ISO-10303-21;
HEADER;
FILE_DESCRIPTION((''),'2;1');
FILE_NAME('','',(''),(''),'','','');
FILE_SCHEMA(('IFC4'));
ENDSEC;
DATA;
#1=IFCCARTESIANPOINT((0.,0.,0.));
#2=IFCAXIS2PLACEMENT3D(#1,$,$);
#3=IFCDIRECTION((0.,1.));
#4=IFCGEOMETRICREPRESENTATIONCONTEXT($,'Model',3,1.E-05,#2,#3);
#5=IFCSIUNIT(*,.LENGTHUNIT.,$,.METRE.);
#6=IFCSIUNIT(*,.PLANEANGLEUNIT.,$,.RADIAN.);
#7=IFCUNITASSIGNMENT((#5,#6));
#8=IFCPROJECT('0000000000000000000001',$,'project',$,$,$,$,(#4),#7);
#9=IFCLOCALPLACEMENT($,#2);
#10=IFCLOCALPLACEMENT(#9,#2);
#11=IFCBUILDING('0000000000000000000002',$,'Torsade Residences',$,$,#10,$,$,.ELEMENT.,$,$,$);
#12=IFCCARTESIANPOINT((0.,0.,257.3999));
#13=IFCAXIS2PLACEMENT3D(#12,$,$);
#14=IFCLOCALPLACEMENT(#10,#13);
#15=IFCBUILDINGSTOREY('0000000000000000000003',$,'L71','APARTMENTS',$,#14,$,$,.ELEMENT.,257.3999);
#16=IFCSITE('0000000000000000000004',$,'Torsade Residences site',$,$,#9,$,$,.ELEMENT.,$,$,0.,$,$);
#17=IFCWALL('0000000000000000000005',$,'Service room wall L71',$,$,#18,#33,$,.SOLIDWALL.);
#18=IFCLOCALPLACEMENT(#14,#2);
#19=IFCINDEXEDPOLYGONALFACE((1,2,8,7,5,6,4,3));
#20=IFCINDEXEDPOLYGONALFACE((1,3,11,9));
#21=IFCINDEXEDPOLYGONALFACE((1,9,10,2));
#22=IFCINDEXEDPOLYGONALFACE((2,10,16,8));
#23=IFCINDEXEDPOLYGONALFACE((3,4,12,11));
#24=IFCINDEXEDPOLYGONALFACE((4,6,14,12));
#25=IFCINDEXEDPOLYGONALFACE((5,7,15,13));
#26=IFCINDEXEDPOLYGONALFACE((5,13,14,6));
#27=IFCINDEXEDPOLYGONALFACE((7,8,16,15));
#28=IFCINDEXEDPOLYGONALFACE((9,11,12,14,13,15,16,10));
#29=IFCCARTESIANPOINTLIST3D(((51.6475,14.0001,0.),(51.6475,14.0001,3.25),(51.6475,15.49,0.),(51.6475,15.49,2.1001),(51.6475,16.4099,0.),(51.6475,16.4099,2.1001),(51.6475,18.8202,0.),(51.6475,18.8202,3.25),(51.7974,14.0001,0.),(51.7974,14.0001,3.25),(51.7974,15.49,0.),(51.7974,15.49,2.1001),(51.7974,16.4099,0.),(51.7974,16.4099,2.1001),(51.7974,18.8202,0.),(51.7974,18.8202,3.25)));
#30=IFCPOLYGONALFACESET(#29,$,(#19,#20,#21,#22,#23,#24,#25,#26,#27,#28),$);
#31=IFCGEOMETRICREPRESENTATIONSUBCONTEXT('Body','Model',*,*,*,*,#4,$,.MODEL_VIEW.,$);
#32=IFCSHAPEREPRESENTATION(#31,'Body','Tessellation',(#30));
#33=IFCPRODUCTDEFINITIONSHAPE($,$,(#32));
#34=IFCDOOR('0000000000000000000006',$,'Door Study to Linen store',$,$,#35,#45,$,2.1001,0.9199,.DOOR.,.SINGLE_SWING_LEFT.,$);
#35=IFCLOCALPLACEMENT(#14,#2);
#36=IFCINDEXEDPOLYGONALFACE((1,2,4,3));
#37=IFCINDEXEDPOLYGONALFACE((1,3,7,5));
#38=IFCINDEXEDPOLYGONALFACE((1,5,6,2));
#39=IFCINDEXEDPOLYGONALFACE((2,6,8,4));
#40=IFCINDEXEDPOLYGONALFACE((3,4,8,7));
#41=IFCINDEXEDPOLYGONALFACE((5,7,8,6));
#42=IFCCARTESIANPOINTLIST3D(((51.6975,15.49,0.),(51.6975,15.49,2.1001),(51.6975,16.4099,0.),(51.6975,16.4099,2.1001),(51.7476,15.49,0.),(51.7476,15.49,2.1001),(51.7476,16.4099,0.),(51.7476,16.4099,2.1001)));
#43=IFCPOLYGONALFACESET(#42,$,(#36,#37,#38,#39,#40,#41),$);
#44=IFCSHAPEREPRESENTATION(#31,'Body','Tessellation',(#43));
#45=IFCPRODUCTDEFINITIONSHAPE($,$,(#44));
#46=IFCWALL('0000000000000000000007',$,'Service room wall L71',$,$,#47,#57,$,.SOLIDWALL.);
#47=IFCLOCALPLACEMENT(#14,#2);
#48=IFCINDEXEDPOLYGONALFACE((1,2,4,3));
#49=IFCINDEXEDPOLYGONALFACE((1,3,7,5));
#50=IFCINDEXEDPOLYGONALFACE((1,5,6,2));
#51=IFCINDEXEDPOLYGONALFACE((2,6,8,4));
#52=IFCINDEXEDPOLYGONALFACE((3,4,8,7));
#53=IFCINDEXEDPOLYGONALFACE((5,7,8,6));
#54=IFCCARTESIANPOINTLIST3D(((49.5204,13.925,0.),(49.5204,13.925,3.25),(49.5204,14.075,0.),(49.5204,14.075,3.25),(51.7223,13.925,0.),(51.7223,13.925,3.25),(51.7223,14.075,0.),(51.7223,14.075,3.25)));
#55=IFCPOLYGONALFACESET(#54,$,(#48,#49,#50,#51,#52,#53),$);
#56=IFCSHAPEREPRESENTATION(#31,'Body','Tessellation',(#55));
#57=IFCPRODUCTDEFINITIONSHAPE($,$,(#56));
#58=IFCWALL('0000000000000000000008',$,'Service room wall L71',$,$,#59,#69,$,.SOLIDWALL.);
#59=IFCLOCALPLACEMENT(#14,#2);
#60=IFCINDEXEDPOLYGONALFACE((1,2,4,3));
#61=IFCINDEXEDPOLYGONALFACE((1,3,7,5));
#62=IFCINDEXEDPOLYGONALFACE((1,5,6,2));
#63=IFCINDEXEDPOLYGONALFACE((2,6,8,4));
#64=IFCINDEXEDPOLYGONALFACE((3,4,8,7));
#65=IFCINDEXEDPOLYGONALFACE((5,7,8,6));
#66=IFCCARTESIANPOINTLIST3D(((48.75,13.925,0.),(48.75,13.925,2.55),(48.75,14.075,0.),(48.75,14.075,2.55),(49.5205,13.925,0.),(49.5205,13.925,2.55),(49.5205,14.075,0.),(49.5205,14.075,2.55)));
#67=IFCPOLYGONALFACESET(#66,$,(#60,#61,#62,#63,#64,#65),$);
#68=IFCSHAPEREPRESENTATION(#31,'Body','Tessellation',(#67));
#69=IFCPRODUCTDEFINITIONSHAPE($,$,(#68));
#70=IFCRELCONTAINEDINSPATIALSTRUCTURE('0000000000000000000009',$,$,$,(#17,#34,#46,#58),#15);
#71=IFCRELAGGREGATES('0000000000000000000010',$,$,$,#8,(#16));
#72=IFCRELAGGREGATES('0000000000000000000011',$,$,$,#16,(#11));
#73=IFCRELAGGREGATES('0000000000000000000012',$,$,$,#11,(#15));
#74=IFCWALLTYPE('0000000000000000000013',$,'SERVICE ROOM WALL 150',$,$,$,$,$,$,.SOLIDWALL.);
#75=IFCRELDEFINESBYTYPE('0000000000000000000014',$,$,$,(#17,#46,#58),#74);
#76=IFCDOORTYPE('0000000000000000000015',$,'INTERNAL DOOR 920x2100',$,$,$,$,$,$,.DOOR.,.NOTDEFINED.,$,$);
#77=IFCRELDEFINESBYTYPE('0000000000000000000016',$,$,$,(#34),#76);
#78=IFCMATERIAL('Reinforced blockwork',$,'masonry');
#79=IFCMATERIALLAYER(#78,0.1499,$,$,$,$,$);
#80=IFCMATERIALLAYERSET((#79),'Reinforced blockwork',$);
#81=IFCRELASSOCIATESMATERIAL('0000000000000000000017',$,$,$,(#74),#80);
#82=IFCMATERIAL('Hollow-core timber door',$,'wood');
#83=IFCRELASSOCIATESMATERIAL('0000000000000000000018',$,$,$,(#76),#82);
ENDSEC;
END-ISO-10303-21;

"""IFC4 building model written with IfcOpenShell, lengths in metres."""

from ifc_helpers import new_model, si_unit, direction, frame, frame_2d, origin, place, context, subcontext, project, spatial, rectangle, extrude, material, layer, layer_set, type_object, element, fill, save


model = new_model("IFC4")

# Units and contexts
model_context = context("Model", 3, precision=1e-05, world=origin(), true_north=direction((0.0, 1.0)))
body_context = subcontext(model_context, "Body", "Model", "MODEL_VIEW")
ifc_project = project(units=[si_unit("LENGTHUNIT", "METRE"), si_unit("PLANEANGLEUNIT", "RADIAN")], contexts=[model_context])

# Site, building, storey
site_placement = place(None, origin())
site = spatial("IfcSite", under=ifc_project, at=site_placement, Name="Torsade Residences site", CompositionType="ELEMENT", RefElevation=0.0)
building_placement = place(site_placement, origin())
building = spatial("IfcBuilding", under=site, at=building_placement, Name="Torsade Residences", CompositionType="ELEMENT")
storey_placement = place(building_placement, frame((0.0, 0.0, 257.3999)))
storey = spatial("IfcBuildingStorey", under=building, at=storey_placement, Name="L71", Description="APARTMENTS", CompositionType="ELEMENT", Elevation=257.3999)

# Wall, opening, door
ifc_material_1 = material(Name="Reinforced blockwork", Category="masonry")
ifc_layer_1 = layer(ifc_material_1, 0.1499)
ifc_layer_set_1 = layer_set([ifc_layer_1], Name="Reinforced blockwork")
wall_type_1 = type_object("IfcWallType", Name="SERVICE ROOM WALL 150", PredefinedType="SOLIDWALL", material=ifc_layer_set_1)
wall_1_placement = place(storey_placement, frame((51.7224, 14.0, 0.0), z_axis=(0.0, 0.0, 1.0), x_axis=(0.0, 1.0, 0.0)))
wall_1 = element("IfcWall", 1, at=wall_1_placement, inside=storey, type_object=wall_type_1, Name="Service room wall L71", PredefinedType="SOLIDWALL", context=body_context, shape_type="SweptSolid", body=[
    extrude(rectangle(XDim=4.8201, YDim=0.1499, at=frame_2d((2.4102, 0.0))), origin(), (0.0, 0.0, 1.0), 3.25),
])
opening_1_placement = place(wall_1_placement, frame((1.49, 0.0, 0.0)))
opening_1 = element("IfcOpeningElement", 2, at=opening_1_placement, cuts=wall_1, PredefinedType="OPENING", context=body_context, shape_type="SweptSolid", body=[
    extrude(rectangle(XDim=0.9199, YDim=2.1001, at=frame_2d((0.46, 1.05))), frame((0.0, 0.085, 0.0), z_axis=(0.0, -1.0, 0.0), x_axis=(1.0, 0.0, 0.0)), (0.0, 0.0, 1.0), 0.1699),
])
ifc_material_2 = material(Name="Hollow-core timber door", Category="wood")
door_type_1 = type_object("IfcDoorType", Name="INTERNAL DOOR 920x2100", OperationType="NOTDEFINED", PredefinedType="DOOR", material=ifc_material_2)
door_1_placement = place(opening_1_placement, origin())
door_1 = element("IfcDoor", 3, at=door_1_placement, inside=storey, type_object=door_type_1, Name="Door Study to Linen store", OperationType="SINGLE_SWING_LEFT", OverallHeight=2.1001, OverallWidth=0.9199, PredefinedType="DOOR", context=body_context, shape_type="SweptSolid", body=[
    extrude(rectangle(XDim=0.9199, YDim=2.1001, at=frame_2d((0.46, 1.05))), frame((0.0, 0.0249, 0.0), z_axis=(0.0, -1.0, 0.0), x_axis=(1.0, 0.0, 0.0)), (0.0, 0.0, 1.0), 0.05),
])
fill(opening_1, door_1)

# Walls
wall_2_placement = place(storey_placement, frame((51.7224, 14.0, 0.0), z_axis=(0.0, 0.0, 1.0), x_axis=(-1.0, 0.0, 0.0)))
element("IfcWall", 4, at=wall_2_placement, inside=storey, type_object=wall_type_1, Name="Service room wall L71", PredefinedType="SOLIDWALL", context=body_context, shape_type="SweptSolid", body=[
    extrude(rectangle(XDim=2.2019, YDim=0.1499, at=frame_2d((1.1011, 0.0))), origin(), (0.0, 0.0, 1.0), 3.25),
])
wall_3_placement = place(storey_placement, frame((49.5205, 14.0, 0.0), z_axis=(0.0, 0.0, 1.0), x_axis=(-1.0, 0.0, 0.0)))
element("IfcWall", 5, at=wall_3_placement, inside=storey, type_object=wall_type_1, Name="Service room wall L71", PredefinedType="SOLIDWALL", context=body_context, shape_type="SweptSolid", body=[
    extrude(rectangle(XDim=0.7705, YDim=0.1499, at=frame_2d((0.3853, 0.0))), origin(), (0.0, 0.0, 1.0), 2.55),
])

save(model, "model.ifc")
